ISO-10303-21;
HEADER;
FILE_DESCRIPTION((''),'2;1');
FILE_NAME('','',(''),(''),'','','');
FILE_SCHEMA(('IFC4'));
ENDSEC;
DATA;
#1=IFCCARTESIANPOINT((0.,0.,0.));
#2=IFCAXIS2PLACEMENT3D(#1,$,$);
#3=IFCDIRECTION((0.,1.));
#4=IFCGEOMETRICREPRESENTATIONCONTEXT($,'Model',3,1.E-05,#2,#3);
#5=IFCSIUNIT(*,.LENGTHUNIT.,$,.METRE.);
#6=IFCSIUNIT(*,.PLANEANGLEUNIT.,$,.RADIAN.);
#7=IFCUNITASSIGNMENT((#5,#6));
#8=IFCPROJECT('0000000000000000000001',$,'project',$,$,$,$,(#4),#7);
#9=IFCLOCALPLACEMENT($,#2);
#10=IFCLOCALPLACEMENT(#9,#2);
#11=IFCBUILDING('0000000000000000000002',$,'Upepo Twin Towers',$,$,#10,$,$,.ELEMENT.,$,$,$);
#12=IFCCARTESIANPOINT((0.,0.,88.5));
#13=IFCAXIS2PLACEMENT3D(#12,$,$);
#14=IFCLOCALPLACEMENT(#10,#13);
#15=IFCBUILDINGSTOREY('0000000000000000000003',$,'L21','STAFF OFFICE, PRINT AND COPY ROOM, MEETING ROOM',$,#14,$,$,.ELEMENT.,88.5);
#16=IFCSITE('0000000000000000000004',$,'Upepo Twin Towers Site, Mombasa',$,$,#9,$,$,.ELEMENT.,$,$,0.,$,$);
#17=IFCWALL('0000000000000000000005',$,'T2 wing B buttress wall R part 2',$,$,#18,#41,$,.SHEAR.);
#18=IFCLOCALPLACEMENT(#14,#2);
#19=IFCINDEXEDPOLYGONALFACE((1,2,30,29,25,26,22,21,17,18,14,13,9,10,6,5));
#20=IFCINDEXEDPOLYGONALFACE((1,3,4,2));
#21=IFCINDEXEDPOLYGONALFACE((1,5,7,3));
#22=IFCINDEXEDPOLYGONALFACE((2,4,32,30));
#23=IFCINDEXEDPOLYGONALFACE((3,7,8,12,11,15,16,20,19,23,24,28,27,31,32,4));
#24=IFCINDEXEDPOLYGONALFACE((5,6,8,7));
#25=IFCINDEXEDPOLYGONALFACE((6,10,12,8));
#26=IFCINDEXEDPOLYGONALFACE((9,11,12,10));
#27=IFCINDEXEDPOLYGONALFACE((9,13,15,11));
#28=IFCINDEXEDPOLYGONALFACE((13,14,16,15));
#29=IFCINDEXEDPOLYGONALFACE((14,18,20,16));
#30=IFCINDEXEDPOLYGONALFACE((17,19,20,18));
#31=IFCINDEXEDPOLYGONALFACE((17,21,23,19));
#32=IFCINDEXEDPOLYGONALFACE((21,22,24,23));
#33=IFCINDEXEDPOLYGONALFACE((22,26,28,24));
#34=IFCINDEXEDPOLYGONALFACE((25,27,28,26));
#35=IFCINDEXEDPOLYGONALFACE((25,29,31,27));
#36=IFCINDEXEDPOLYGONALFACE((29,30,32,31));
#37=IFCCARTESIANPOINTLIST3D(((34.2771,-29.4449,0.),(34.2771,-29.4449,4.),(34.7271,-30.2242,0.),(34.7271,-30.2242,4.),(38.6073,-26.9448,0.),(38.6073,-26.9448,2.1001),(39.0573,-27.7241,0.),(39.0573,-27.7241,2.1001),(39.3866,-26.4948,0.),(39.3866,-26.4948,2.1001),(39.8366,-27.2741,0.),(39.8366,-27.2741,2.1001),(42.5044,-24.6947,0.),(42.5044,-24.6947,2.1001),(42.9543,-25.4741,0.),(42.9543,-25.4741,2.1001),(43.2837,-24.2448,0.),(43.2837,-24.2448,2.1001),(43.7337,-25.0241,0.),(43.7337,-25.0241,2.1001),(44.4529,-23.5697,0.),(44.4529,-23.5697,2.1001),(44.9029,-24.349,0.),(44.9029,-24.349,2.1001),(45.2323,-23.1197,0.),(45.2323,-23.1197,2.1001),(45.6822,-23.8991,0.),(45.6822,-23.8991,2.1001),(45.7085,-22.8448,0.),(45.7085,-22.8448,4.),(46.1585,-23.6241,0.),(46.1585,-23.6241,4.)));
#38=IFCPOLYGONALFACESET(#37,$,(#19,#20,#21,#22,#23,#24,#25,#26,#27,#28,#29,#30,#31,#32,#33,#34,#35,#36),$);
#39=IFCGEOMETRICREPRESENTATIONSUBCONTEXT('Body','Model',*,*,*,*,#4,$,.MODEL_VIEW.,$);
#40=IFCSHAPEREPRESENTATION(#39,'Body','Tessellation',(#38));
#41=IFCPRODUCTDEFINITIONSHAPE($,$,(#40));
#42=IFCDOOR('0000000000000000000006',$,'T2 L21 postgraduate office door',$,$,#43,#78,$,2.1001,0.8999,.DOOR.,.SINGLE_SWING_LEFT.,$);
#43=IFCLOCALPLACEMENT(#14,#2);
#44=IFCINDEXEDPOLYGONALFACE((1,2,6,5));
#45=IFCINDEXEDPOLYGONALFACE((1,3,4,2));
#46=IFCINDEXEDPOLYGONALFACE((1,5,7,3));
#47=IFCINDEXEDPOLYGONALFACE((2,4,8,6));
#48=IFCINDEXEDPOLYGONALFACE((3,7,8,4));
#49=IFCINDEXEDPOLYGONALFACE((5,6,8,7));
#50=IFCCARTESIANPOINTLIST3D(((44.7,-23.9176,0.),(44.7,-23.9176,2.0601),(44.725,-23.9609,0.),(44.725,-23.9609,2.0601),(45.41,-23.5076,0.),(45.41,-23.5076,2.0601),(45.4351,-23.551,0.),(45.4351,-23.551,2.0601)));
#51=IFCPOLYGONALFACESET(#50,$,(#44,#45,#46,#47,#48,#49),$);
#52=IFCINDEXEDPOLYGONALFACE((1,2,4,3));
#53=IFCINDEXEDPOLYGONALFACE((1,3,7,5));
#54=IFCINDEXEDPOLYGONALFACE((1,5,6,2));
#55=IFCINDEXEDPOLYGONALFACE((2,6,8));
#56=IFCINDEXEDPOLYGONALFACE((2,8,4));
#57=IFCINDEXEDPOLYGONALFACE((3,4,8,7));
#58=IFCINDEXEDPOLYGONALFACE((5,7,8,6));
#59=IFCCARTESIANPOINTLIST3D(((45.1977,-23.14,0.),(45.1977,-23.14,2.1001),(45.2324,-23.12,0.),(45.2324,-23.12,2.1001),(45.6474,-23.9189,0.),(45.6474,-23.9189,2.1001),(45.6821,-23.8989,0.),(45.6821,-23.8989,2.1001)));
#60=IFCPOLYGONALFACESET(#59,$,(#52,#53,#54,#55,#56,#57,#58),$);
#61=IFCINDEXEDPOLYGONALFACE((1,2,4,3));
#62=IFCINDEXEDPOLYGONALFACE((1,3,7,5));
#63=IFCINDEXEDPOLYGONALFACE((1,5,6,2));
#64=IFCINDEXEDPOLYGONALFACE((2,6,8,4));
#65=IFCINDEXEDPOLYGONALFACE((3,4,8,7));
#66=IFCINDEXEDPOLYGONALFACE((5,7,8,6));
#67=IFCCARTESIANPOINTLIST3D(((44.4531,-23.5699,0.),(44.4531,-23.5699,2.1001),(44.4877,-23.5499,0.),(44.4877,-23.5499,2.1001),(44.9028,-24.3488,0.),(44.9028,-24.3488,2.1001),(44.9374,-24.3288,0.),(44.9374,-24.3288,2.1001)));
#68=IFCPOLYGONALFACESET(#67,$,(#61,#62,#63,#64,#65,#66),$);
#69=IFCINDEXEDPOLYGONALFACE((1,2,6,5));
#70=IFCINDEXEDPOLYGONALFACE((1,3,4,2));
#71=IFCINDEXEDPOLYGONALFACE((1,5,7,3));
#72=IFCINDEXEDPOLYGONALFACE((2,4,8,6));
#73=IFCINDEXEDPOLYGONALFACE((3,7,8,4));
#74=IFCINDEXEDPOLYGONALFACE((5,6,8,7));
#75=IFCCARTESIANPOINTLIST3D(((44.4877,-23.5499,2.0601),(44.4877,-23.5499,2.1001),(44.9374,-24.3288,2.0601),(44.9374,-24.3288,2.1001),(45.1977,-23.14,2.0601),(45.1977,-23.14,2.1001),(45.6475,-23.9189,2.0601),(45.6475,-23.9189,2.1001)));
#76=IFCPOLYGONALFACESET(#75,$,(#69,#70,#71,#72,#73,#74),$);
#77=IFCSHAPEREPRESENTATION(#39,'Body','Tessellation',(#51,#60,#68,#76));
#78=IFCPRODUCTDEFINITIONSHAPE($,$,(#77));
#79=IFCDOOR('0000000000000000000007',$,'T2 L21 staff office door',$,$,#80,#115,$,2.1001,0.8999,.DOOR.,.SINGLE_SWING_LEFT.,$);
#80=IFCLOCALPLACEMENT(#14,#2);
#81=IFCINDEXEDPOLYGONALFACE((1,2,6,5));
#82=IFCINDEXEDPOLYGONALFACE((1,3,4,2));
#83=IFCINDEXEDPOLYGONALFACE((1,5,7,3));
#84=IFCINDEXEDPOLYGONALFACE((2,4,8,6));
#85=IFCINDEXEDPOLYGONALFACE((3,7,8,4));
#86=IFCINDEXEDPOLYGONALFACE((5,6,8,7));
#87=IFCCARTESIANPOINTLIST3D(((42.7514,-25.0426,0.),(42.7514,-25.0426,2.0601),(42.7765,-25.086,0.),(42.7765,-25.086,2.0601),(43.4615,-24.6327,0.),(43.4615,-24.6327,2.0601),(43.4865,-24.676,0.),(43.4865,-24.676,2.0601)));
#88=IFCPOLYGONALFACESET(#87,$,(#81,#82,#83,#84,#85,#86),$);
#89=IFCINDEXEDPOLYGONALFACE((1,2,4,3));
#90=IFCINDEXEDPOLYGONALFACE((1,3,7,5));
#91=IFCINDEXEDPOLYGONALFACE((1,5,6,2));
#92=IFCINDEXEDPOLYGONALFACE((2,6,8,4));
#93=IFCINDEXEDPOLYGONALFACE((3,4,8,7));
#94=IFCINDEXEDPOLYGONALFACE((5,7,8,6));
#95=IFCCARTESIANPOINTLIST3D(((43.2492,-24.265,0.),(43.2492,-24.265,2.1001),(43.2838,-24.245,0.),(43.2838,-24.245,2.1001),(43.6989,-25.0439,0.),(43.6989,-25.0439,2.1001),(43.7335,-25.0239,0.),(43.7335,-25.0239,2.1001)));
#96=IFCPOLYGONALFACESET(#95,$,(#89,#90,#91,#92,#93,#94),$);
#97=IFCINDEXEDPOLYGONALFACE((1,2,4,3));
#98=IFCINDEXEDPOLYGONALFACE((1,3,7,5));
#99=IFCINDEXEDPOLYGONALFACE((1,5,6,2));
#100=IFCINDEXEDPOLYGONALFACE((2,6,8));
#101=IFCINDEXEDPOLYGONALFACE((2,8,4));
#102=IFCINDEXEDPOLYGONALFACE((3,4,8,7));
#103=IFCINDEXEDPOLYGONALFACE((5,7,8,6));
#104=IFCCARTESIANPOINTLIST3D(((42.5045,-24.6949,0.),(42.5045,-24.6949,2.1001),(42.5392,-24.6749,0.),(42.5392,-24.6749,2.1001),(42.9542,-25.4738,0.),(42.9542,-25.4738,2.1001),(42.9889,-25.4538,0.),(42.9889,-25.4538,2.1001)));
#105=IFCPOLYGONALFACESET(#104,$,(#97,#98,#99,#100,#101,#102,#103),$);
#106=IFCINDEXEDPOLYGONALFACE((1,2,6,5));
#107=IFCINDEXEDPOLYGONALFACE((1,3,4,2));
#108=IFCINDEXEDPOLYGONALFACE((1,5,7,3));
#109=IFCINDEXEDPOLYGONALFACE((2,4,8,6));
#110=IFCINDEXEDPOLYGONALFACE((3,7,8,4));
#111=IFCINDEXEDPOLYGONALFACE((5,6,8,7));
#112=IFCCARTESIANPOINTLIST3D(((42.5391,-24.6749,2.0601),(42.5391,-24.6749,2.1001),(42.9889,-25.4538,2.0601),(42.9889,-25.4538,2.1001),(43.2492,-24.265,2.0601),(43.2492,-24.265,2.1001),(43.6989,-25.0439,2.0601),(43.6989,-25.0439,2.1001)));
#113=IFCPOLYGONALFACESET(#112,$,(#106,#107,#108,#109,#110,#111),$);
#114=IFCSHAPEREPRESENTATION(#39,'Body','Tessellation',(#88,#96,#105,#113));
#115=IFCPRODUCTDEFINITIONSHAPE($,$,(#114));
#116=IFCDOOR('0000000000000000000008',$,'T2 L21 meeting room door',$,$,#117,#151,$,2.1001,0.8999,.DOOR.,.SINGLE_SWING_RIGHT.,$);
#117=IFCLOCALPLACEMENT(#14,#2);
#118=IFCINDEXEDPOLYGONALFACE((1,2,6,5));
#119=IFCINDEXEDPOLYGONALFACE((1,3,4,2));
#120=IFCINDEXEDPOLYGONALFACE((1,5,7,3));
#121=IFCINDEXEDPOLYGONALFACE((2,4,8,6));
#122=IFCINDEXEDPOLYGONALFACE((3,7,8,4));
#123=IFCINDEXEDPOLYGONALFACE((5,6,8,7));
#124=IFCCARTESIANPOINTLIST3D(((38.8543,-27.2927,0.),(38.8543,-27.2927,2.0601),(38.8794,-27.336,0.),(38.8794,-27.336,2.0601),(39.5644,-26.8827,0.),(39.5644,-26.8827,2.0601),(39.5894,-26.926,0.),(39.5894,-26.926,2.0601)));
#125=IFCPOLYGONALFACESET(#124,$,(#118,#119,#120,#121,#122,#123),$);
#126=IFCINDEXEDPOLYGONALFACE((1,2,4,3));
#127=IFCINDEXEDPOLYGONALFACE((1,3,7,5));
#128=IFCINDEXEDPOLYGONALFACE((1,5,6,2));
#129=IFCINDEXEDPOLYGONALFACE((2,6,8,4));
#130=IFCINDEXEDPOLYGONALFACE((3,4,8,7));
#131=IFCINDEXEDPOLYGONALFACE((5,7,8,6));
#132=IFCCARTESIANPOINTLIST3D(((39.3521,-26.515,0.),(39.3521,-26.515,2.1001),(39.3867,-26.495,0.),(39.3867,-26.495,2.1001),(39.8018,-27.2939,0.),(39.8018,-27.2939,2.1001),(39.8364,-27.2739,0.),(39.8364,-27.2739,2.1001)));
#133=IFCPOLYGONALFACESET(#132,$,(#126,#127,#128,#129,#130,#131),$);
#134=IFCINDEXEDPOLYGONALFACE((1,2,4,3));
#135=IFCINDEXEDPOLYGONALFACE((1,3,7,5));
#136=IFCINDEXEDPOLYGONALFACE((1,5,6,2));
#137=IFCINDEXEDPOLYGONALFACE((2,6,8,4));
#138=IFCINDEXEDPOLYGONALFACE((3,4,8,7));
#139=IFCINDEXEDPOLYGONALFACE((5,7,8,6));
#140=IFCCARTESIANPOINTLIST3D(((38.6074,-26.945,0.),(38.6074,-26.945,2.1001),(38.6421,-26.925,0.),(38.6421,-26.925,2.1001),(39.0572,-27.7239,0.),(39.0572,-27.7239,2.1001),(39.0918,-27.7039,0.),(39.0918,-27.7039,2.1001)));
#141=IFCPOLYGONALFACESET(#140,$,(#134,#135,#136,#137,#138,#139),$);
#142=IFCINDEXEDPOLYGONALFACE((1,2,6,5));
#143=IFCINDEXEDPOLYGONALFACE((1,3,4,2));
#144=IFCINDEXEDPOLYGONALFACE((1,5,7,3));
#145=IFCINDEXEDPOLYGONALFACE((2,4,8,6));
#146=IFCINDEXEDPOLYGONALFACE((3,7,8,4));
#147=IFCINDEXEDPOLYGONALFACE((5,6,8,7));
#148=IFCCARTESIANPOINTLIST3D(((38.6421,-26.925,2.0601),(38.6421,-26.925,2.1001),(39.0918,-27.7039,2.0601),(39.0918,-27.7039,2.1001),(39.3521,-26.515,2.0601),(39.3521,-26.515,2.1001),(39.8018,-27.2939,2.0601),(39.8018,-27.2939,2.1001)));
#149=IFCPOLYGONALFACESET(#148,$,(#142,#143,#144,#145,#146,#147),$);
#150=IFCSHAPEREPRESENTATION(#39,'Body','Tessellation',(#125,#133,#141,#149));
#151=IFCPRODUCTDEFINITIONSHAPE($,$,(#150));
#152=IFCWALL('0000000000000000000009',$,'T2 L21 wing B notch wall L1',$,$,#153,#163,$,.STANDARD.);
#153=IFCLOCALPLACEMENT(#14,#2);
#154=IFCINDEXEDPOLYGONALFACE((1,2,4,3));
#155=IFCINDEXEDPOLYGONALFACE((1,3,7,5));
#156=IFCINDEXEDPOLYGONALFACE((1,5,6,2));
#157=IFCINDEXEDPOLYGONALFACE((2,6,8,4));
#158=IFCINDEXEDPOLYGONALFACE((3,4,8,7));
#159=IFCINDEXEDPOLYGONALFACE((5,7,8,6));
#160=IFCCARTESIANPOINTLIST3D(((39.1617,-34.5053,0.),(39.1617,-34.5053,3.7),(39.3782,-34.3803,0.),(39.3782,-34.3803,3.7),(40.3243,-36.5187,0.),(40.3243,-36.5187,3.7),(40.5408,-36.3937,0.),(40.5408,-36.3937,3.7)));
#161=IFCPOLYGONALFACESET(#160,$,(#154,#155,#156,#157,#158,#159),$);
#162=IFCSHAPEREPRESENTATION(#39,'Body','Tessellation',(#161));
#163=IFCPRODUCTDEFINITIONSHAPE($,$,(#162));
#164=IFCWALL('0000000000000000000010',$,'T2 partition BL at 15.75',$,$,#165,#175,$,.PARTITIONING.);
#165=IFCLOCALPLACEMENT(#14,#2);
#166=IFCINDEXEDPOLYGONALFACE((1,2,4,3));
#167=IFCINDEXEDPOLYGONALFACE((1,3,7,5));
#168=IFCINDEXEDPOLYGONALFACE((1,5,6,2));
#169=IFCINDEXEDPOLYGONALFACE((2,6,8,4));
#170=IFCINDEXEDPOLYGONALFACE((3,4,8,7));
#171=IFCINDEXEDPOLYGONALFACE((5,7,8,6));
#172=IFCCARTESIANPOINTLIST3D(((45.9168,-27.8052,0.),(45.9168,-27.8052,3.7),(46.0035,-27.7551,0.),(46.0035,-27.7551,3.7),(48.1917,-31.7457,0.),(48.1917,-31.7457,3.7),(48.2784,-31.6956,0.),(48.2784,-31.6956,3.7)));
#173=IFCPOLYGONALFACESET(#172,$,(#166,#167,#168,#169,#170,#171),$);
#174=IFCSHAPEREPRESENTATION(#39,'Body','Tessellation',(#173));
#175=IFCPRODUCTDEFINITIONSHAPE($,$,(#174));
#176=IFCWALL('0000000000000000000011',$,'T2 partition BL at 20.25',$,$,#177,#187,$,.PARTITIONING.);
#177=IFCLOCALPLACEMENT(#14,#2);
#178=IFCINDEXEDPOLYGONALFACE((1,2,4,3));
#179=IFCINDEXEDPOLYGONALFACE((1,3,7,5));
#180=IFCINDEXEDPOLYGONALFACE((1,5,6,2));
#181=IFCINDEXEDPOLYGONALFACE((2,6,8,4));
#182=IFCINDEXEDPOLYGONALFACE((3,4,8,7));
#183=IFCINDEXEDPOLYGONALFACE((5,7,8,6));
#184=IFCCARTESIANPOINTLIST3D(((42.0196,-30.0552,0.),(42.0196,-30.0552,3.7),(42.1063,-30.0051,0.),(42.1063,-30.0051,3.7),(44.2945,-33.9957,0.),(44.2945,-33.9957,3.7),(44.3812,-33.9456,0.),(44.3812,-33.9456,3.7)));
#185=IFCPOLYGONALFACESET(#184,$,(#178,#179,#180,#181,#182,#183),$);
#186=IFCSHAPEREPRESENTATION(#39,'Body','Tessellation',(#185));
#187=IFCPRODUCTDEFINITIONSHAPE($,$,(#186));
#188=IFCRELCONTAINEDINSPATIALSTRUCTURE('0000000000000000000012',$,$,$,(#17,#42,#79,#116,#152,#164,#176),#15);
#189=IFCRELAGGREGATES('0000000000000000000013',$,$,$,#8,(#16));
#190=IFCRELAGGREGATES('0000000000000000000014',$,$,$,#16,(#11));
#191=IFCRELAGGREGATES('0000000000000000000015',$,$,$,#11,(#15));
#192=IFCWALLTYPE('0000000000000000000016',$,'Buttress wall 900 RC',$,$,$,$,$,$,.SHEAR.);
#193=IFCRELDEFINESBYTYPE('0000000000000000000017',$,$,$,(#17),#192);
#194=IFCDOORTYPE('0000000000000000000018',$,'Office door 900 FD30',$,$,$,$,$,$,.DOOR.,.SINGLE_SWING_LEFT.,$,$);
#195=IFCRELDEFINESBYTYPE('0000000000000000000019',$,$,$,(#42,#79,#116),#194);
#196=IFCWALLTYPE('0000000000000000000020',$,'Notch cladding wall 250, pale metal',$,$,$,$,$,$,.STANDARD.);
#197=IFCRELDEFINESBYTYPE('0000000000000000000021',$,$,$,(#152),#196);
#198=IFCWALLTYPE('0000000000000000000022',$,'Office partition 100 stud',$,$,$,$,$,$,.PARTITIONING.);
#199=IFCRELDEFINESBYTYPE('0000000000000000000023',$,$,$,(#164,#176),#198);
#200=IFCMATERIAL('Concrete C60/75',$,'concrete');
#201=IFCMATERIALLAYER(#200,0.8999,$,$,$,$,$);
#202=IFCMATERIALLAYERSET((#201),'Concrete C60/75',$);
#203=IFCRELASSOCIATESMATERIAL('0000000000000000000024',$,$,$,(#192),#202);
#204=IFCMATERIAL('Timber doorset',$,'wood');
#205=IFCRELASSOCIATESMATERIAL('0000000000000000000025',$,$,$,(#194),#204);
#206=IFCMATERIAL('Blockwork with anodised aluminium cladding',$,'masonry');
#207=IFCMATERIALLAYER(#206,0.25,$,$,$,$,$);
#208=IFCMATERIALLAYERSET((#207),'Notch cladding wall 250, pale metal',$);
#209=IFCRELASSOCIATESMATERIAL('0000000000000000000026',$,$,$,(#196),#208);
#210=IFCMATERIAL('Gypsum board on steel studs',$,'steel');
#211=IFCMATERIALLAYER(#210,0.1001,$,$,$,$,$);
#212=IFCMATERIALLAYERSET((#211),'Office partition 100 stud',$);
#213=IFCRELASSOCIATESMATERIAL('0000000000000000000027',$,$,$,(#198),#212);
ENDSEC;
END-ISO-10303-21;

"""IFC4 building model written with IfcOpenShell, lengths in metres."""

from ifc_helpers import new_model, si_unit, direction, frame, frame_2d, origin, place, context, subcontext, project, spatial, rectangle, extrude, material, layer, layer_set, type_object, element, fill, save


model = new_model("IFC4")

# Units and contexts
model_context = context("Model", 3, precision=1e-05, world=origin(), true_north=direction((0.0, 1.0)))
body_context = subcontext(model_context, "Body", "Model", "MODEL_VIEW")
ifc_project = project(units=[si_unit("LENGTHUNIT", "METRE"), si_unit("PLANEANGLEUNIT", "RADIAN")], contexts=[model_context])

# Site, building, storey
site_placement = place(None, origin())
site = spatial("IfcSite", under=ifc_project, at=site_placement, Name="Upepo Twin Towers Site, Mombasa", CompositionType="ELEMENT", RefElevation=0.0)
building_placement = place(site_placement, origin())
building = spatial("IfcBuilding", under=site, at=building_placement, Name="Upepo Twin Towers", CompositionType="ELEMENT")
storey_placement = place(building_placement, frame((0.0, 0.0, 88.5)))
storey = spatial("IfcBuildingStorey", under=building, at=storey_placement, Name="L21", Description="STAFF OFFICE, PRINT AND COPY ROOM, MEETING ROOM", CompositionType="ELEMENT", Elevation=88.5)

# Wall, openings, doors
ifc_material_1 = material(Name="Concrete C60/75", Category="concrete")
ifc_layer_1 = layer(ifc_material_1, 0.8999)
ifc_layer_set_1 = layer_set([ifc_layer_1], Name="Concrete C60/75")
wall_type_1 = type_object("IfcWallType", Name="Buttress wall 900 RC", PredefinedType="SHEAR", material=ifc_layer_set_1)
wall_1_placement = place(storey_placement, frame((45.9336, -23.2344, 0.0), z_axis=(0.0, 0.0, 1.0), x_axis=(-0.86602, -0.50001, 0.0)))
wall_1 = element("IfcWall", 1, at=wall_1_placement, inside=storey, type_object=wall_type_1, Name="T2 wing B buttress wall R part 2", PredefinedType="SHEAR", context=body_context, shape_type="SweptSolid", body=[
    extrude(rectangle(XDim=13.2, YDim=0.8999, at=frame_2d((6.6001, 0.0))), origin(), (0.0, 0.0, 1.0), 4.0),
])
opening_1_placement = place(wall_1_placement, frame((0.55, 0.0, 0.0)))
opening_1 = element("IfcOpeningElement", 2, at=opening_1_placement, cuts=wall_1, PredefinedType="OPENING", context=body_context, shape_type="SweptSolid", body=[
    extrude(rectangle(XDim=0.8999, YDim=2.1001, at=frame_2d((0.45, 1.05))), frame((0.0, 0.46, 0.0), z_axis=(0.0, -1.0, 0.0), x_axis=(1.0, 0.0, 0.0)), (0.0, 0.0, 1.0), 0.9199),
])
opening_2_placement = place(wall_1_placement, frame((2.8, 0.0, 0.0)))
opening_2 = element("IfcOpeningElement", 3, at=opening_2_placement, cuts=wall_1, PredefinedType="OPENING", context=body_context, shape_type="SweptSolid", body=[
    extrude(rectangle(XDim=0.8999, YDim=2.1001, at=frame_2d((0.45, 1.05))), frame((0.0, 0.46, 0.0), z_axis=(0.0, -1.0, 0.0), x_axis=(1.0, 0.0, 0.0)), (0.0, 0.0, 1.0), 0.9199),
])
opening_3_placement = place(wall_1_placement, frame((7.3, 0.0, 0.0)))
opening_3 = element("IfcOpeningElement", 4, at=opening_3_placement, cuts=wall_1, PredefinedType="OPENING", context=body_context, shape_type="SweptSolid", body=[
    extrude(rectangle(XDim=0.8999, YDim=2.1001, at=frame_2d((0.45, 1.05))), frame((0.0, 0.46, 0.0), z_axis=(0.0, -1.0, 0.0), x_axis=(1.0, 0.0, 0.0)), (0.0, 0.0, 1.0), 0.9199),
])
ifc_material_2 = material(Name="Timber doorset", Category="wood")
door_type = type_object("IfcDoorType", Name="Office door 900 FD30", OperationType="SINGLE_SWING_LEFT", PredefinedType="DOOR", material=ifc_material_2)
door_1_placement = place(opening_1_placement, origin())
door_1 = element("IfcDoor", 5, at=door_1_placement, inside=storey, type_object=door_type, Name="T2 L21 postgraduate office door", OperationType="SINGLE_SWING_LEFT", OverallHeight=2.1001, OverallWidth=0.8999, PredefinedType="DOOR", context=body_context, shape_type="SweptSolid", body=[
    extrude(rectangle(XDim=0.8199, YDim=2.0601, at=frame_2d((0.45, 1.03))), frame((0.0, 0.0249, 0.0), z_axis=(0.0, -1.0, 0.0), x_axis=(1.0, 0.0, 0.0)), (0.0, 0.0, 1.0), 0.05),
    extrude(rectangle(XDim=0.04, YDim=2.1001, at=frame_2d((0.02, 1.05))), frame((0.0, 0.4497, 0.0), z_axis=(0.0, -1.0, 0.0), x_axis=(1.0, 0.0, 0.0)), (0.0, 0.0, 1.0), 0.8994),
    extrude(rectangle(XDim=0.04, YDim=2.1001, at=frame_2d((0.8799, 1.05))), frame((0.0, 0.4497, 0.0), z_axis=(0.0, -1.0, 0.0), x_axis=(1.0, 0.0, 0.0)), (0.0, 0.0, 1.0), 0.8994),
    extrude(rectangle(XDim=0.8199, YDim=0.04, at=frame_2d((0.45, 2.0801))), frame((0.0, 0.4497, 0.0), z_axis=(0.0, -1.0, 0.0), x_axis=(1.0, 0.0, 0.0)), (0.0, 0.0, 1.0), 0.8994),
])
fill(opening_1, door_1)
door_2_placement = place(opening_2_placement, origin())
door_2 = element("IfcDoor", 6, at=door_2_placement, inside=storey, type_object=door_type, Name="T2 L21 staff office door", OperationType="SINGLE_SWING_LEFT", OverallHeight=2.1001, OverallWidth=0.8999, PredefinedType="DOOR", context=body_context, shape_type="SweptSolid", body=[
    extrude(rectangle(XDim=0.8199, YDim=2.0601, at=frame_2d((0.45, 1.03))), frame((0.0, 0.0249, 0.0), z_axis=(0.0, -1.0, 0.0), x_axis=(1.0, 0.0, 0.0)), (0.0, 0.0, 1.0), 0.05),
    extrude(rectangle(XDim=0.04, YDim=2.1001, at=frame_2d((0.02, 1.05))), frame((0.0, 0.4497, 0.0), z_axis=(0.0, -1.0, 0.0), x_axis=(1.0, 0.0, 0.0)), (0.0, 0.0, 1.0), 0.8994),
    extrude(rectangle(XDim=0.04, YDim=2.1001, at=frame_2d((0.8799, 1.05))), frame((0.0, 0.4497, 0.0), z_axis=(0.0, -1.0, 0.0), x_axis=(1.0, 0.0, 0.0)), (0.0, 0.0, 1.0), 0.8994),
    extrude(rectangle(XDim=0.8199, YDim=0.04, at=frame_2d((0.45, 2.0801))), frame((0.0, 0.4497, 0.0), z_axis=(0.0, -1.0, 0.0), x_axis=(1.0, 0.0, 0.0)), (0.0, 0.0, 1.0), 0.8994),
])
fill(opening_2, door_2)
door_3_placement = place(opening_3_placement, origin())
door_3 = element("IfcDoor", 7, at=door_3_placement, inside=storey, type_object=door_type, Name="T2 L21 meeting room door", OperationType="SINGLE_SWING_RIGHT", OverallHeight=2.1001, OverallWidth=0.8999, PredefinedType="DOOR", context=body_context, shape_type="SweptSolid", body=[
    extrude(rectangle(XDim=0.8199, YDim=2.0601, at=frame_2d((0.45, 1.03))), frame((0.0, 0.0249, 0.0), z_axis=(0.0, -1.0, 0.0), x_axis=(1.0, 0.0, 0.0)), (0.0, 0.0, 1.0), 0.05),
    extrude(rectangle(XDim=0.04, YDim=2.1001, at=frame_2d((0.02, 1.05))), frame((0.0, 0.4497, 0.0), z_axis=(0.0, -1.0, 0.0), x_axis=(1.0, 0.0, 0.0)), (0.0, 0.0, 1.0), 0.8994),
    extrude(rectangle(XDim=0.04, YDim=2.1001, at=frame_2d((0.8799, 1.05))), frame((0.0, 0.4497, 0.0), z_axis=(0.0, -1.0, 0.0), x_axis=(1.0, 0.0, 0.0)), (0.0, 0.0, 1.0), 0.8994),
    extrude(rectangle(XDim=0.8199, YDim=0.04, at=frame_2d((0.45, 2.0801))), frame((0.0, 0.4497, 0.0), z_axis=(0.0, -1.0, 0.0), x_axis=(1.0, 0.0, 0.0)), (0.0, 0.0, 1.0), 0.8994),
])
fill(opening_3, door_3)

# Walls
ifc_material_3 = material(Name="Blockwork with anodised aluminium cladding", Category="masonry")
ifc_layer_2 = layer(ifc_material_3, 0.25)
ifc_layer_set_2 = layer_set([ifc_layer_2], Name="Notch cladding wall 250, pale metal")
wall_type_2 = type_object("IfcWallType", Name="Notch cladding wall 250, pale metal", PredefinedType="STANDARD", material=ifc_layer_set_2)
wall_2_placement = place(storey_placement, frame((40.4326, -36.4563, 0.0), z_axis=(0.0, 0.0, 1.0), x_axis=(-0.500047, 0.865998, 0.0)))
element("IfcWall", 8, at=wall_2_placement, inside=storey, type_object=wall_type_2, Name="T2 L21 wing B notch wall L1", PredefinedType="STANDARD", context=body_context, shape_type="SweptSolid", body=[
    extrude(rectangle(XDim=2.325, YDim=0.25, at=frame_2d((1.1626, 0.0))), origin(), (0.0, 0.0, 1.0), 3.7),
])
ifc_material_4 = material(Name="Gypsum board on steel studs", Category="steel")
ifc_layer_3 = layer(ifc_material_4, 0.1001)
ifc_layer_set_3 = layer_set([ifc_layer_3], Name="Office partition 100 stud")
wall_type_3 = type_object("IfcWallType", Name="Office partition 100 stud", PredefinedType="PARTITIONING", material=ifc_layer_set_3)
for number, where, z_axis, x_axis, name in (
    (9, (45.9602, -27.7803, 0.0), (0.0, 0.0, 1.0), (0.499983, -0.866035, 0.0), "T2 partition BL at 15.75"),
    (10, (42.063, -30.0303, 0.0), (0.0, 0.0, 1.0), (0.499983, -0.866035, 0.0), "T2 partition BL at 20.25"),
):
    element("IfcWall", number, at=place(storey_placement, frame(where, z_axis=z_axis, x_axis=x_axis)), inside=storey, type_object=wall_type_3, Name=name, PredefinedType="PARTITIONING", context=body_context, shape_type="SweptSolid", body=[
        extrude(rectangle(XDim=4.55, YDim=0.1001, at=frame_2d((2.2749, 0.0))), origin(), (0.0, 0.0, 1.0), 3.7),
    ])

save(model, "model.ifc")
